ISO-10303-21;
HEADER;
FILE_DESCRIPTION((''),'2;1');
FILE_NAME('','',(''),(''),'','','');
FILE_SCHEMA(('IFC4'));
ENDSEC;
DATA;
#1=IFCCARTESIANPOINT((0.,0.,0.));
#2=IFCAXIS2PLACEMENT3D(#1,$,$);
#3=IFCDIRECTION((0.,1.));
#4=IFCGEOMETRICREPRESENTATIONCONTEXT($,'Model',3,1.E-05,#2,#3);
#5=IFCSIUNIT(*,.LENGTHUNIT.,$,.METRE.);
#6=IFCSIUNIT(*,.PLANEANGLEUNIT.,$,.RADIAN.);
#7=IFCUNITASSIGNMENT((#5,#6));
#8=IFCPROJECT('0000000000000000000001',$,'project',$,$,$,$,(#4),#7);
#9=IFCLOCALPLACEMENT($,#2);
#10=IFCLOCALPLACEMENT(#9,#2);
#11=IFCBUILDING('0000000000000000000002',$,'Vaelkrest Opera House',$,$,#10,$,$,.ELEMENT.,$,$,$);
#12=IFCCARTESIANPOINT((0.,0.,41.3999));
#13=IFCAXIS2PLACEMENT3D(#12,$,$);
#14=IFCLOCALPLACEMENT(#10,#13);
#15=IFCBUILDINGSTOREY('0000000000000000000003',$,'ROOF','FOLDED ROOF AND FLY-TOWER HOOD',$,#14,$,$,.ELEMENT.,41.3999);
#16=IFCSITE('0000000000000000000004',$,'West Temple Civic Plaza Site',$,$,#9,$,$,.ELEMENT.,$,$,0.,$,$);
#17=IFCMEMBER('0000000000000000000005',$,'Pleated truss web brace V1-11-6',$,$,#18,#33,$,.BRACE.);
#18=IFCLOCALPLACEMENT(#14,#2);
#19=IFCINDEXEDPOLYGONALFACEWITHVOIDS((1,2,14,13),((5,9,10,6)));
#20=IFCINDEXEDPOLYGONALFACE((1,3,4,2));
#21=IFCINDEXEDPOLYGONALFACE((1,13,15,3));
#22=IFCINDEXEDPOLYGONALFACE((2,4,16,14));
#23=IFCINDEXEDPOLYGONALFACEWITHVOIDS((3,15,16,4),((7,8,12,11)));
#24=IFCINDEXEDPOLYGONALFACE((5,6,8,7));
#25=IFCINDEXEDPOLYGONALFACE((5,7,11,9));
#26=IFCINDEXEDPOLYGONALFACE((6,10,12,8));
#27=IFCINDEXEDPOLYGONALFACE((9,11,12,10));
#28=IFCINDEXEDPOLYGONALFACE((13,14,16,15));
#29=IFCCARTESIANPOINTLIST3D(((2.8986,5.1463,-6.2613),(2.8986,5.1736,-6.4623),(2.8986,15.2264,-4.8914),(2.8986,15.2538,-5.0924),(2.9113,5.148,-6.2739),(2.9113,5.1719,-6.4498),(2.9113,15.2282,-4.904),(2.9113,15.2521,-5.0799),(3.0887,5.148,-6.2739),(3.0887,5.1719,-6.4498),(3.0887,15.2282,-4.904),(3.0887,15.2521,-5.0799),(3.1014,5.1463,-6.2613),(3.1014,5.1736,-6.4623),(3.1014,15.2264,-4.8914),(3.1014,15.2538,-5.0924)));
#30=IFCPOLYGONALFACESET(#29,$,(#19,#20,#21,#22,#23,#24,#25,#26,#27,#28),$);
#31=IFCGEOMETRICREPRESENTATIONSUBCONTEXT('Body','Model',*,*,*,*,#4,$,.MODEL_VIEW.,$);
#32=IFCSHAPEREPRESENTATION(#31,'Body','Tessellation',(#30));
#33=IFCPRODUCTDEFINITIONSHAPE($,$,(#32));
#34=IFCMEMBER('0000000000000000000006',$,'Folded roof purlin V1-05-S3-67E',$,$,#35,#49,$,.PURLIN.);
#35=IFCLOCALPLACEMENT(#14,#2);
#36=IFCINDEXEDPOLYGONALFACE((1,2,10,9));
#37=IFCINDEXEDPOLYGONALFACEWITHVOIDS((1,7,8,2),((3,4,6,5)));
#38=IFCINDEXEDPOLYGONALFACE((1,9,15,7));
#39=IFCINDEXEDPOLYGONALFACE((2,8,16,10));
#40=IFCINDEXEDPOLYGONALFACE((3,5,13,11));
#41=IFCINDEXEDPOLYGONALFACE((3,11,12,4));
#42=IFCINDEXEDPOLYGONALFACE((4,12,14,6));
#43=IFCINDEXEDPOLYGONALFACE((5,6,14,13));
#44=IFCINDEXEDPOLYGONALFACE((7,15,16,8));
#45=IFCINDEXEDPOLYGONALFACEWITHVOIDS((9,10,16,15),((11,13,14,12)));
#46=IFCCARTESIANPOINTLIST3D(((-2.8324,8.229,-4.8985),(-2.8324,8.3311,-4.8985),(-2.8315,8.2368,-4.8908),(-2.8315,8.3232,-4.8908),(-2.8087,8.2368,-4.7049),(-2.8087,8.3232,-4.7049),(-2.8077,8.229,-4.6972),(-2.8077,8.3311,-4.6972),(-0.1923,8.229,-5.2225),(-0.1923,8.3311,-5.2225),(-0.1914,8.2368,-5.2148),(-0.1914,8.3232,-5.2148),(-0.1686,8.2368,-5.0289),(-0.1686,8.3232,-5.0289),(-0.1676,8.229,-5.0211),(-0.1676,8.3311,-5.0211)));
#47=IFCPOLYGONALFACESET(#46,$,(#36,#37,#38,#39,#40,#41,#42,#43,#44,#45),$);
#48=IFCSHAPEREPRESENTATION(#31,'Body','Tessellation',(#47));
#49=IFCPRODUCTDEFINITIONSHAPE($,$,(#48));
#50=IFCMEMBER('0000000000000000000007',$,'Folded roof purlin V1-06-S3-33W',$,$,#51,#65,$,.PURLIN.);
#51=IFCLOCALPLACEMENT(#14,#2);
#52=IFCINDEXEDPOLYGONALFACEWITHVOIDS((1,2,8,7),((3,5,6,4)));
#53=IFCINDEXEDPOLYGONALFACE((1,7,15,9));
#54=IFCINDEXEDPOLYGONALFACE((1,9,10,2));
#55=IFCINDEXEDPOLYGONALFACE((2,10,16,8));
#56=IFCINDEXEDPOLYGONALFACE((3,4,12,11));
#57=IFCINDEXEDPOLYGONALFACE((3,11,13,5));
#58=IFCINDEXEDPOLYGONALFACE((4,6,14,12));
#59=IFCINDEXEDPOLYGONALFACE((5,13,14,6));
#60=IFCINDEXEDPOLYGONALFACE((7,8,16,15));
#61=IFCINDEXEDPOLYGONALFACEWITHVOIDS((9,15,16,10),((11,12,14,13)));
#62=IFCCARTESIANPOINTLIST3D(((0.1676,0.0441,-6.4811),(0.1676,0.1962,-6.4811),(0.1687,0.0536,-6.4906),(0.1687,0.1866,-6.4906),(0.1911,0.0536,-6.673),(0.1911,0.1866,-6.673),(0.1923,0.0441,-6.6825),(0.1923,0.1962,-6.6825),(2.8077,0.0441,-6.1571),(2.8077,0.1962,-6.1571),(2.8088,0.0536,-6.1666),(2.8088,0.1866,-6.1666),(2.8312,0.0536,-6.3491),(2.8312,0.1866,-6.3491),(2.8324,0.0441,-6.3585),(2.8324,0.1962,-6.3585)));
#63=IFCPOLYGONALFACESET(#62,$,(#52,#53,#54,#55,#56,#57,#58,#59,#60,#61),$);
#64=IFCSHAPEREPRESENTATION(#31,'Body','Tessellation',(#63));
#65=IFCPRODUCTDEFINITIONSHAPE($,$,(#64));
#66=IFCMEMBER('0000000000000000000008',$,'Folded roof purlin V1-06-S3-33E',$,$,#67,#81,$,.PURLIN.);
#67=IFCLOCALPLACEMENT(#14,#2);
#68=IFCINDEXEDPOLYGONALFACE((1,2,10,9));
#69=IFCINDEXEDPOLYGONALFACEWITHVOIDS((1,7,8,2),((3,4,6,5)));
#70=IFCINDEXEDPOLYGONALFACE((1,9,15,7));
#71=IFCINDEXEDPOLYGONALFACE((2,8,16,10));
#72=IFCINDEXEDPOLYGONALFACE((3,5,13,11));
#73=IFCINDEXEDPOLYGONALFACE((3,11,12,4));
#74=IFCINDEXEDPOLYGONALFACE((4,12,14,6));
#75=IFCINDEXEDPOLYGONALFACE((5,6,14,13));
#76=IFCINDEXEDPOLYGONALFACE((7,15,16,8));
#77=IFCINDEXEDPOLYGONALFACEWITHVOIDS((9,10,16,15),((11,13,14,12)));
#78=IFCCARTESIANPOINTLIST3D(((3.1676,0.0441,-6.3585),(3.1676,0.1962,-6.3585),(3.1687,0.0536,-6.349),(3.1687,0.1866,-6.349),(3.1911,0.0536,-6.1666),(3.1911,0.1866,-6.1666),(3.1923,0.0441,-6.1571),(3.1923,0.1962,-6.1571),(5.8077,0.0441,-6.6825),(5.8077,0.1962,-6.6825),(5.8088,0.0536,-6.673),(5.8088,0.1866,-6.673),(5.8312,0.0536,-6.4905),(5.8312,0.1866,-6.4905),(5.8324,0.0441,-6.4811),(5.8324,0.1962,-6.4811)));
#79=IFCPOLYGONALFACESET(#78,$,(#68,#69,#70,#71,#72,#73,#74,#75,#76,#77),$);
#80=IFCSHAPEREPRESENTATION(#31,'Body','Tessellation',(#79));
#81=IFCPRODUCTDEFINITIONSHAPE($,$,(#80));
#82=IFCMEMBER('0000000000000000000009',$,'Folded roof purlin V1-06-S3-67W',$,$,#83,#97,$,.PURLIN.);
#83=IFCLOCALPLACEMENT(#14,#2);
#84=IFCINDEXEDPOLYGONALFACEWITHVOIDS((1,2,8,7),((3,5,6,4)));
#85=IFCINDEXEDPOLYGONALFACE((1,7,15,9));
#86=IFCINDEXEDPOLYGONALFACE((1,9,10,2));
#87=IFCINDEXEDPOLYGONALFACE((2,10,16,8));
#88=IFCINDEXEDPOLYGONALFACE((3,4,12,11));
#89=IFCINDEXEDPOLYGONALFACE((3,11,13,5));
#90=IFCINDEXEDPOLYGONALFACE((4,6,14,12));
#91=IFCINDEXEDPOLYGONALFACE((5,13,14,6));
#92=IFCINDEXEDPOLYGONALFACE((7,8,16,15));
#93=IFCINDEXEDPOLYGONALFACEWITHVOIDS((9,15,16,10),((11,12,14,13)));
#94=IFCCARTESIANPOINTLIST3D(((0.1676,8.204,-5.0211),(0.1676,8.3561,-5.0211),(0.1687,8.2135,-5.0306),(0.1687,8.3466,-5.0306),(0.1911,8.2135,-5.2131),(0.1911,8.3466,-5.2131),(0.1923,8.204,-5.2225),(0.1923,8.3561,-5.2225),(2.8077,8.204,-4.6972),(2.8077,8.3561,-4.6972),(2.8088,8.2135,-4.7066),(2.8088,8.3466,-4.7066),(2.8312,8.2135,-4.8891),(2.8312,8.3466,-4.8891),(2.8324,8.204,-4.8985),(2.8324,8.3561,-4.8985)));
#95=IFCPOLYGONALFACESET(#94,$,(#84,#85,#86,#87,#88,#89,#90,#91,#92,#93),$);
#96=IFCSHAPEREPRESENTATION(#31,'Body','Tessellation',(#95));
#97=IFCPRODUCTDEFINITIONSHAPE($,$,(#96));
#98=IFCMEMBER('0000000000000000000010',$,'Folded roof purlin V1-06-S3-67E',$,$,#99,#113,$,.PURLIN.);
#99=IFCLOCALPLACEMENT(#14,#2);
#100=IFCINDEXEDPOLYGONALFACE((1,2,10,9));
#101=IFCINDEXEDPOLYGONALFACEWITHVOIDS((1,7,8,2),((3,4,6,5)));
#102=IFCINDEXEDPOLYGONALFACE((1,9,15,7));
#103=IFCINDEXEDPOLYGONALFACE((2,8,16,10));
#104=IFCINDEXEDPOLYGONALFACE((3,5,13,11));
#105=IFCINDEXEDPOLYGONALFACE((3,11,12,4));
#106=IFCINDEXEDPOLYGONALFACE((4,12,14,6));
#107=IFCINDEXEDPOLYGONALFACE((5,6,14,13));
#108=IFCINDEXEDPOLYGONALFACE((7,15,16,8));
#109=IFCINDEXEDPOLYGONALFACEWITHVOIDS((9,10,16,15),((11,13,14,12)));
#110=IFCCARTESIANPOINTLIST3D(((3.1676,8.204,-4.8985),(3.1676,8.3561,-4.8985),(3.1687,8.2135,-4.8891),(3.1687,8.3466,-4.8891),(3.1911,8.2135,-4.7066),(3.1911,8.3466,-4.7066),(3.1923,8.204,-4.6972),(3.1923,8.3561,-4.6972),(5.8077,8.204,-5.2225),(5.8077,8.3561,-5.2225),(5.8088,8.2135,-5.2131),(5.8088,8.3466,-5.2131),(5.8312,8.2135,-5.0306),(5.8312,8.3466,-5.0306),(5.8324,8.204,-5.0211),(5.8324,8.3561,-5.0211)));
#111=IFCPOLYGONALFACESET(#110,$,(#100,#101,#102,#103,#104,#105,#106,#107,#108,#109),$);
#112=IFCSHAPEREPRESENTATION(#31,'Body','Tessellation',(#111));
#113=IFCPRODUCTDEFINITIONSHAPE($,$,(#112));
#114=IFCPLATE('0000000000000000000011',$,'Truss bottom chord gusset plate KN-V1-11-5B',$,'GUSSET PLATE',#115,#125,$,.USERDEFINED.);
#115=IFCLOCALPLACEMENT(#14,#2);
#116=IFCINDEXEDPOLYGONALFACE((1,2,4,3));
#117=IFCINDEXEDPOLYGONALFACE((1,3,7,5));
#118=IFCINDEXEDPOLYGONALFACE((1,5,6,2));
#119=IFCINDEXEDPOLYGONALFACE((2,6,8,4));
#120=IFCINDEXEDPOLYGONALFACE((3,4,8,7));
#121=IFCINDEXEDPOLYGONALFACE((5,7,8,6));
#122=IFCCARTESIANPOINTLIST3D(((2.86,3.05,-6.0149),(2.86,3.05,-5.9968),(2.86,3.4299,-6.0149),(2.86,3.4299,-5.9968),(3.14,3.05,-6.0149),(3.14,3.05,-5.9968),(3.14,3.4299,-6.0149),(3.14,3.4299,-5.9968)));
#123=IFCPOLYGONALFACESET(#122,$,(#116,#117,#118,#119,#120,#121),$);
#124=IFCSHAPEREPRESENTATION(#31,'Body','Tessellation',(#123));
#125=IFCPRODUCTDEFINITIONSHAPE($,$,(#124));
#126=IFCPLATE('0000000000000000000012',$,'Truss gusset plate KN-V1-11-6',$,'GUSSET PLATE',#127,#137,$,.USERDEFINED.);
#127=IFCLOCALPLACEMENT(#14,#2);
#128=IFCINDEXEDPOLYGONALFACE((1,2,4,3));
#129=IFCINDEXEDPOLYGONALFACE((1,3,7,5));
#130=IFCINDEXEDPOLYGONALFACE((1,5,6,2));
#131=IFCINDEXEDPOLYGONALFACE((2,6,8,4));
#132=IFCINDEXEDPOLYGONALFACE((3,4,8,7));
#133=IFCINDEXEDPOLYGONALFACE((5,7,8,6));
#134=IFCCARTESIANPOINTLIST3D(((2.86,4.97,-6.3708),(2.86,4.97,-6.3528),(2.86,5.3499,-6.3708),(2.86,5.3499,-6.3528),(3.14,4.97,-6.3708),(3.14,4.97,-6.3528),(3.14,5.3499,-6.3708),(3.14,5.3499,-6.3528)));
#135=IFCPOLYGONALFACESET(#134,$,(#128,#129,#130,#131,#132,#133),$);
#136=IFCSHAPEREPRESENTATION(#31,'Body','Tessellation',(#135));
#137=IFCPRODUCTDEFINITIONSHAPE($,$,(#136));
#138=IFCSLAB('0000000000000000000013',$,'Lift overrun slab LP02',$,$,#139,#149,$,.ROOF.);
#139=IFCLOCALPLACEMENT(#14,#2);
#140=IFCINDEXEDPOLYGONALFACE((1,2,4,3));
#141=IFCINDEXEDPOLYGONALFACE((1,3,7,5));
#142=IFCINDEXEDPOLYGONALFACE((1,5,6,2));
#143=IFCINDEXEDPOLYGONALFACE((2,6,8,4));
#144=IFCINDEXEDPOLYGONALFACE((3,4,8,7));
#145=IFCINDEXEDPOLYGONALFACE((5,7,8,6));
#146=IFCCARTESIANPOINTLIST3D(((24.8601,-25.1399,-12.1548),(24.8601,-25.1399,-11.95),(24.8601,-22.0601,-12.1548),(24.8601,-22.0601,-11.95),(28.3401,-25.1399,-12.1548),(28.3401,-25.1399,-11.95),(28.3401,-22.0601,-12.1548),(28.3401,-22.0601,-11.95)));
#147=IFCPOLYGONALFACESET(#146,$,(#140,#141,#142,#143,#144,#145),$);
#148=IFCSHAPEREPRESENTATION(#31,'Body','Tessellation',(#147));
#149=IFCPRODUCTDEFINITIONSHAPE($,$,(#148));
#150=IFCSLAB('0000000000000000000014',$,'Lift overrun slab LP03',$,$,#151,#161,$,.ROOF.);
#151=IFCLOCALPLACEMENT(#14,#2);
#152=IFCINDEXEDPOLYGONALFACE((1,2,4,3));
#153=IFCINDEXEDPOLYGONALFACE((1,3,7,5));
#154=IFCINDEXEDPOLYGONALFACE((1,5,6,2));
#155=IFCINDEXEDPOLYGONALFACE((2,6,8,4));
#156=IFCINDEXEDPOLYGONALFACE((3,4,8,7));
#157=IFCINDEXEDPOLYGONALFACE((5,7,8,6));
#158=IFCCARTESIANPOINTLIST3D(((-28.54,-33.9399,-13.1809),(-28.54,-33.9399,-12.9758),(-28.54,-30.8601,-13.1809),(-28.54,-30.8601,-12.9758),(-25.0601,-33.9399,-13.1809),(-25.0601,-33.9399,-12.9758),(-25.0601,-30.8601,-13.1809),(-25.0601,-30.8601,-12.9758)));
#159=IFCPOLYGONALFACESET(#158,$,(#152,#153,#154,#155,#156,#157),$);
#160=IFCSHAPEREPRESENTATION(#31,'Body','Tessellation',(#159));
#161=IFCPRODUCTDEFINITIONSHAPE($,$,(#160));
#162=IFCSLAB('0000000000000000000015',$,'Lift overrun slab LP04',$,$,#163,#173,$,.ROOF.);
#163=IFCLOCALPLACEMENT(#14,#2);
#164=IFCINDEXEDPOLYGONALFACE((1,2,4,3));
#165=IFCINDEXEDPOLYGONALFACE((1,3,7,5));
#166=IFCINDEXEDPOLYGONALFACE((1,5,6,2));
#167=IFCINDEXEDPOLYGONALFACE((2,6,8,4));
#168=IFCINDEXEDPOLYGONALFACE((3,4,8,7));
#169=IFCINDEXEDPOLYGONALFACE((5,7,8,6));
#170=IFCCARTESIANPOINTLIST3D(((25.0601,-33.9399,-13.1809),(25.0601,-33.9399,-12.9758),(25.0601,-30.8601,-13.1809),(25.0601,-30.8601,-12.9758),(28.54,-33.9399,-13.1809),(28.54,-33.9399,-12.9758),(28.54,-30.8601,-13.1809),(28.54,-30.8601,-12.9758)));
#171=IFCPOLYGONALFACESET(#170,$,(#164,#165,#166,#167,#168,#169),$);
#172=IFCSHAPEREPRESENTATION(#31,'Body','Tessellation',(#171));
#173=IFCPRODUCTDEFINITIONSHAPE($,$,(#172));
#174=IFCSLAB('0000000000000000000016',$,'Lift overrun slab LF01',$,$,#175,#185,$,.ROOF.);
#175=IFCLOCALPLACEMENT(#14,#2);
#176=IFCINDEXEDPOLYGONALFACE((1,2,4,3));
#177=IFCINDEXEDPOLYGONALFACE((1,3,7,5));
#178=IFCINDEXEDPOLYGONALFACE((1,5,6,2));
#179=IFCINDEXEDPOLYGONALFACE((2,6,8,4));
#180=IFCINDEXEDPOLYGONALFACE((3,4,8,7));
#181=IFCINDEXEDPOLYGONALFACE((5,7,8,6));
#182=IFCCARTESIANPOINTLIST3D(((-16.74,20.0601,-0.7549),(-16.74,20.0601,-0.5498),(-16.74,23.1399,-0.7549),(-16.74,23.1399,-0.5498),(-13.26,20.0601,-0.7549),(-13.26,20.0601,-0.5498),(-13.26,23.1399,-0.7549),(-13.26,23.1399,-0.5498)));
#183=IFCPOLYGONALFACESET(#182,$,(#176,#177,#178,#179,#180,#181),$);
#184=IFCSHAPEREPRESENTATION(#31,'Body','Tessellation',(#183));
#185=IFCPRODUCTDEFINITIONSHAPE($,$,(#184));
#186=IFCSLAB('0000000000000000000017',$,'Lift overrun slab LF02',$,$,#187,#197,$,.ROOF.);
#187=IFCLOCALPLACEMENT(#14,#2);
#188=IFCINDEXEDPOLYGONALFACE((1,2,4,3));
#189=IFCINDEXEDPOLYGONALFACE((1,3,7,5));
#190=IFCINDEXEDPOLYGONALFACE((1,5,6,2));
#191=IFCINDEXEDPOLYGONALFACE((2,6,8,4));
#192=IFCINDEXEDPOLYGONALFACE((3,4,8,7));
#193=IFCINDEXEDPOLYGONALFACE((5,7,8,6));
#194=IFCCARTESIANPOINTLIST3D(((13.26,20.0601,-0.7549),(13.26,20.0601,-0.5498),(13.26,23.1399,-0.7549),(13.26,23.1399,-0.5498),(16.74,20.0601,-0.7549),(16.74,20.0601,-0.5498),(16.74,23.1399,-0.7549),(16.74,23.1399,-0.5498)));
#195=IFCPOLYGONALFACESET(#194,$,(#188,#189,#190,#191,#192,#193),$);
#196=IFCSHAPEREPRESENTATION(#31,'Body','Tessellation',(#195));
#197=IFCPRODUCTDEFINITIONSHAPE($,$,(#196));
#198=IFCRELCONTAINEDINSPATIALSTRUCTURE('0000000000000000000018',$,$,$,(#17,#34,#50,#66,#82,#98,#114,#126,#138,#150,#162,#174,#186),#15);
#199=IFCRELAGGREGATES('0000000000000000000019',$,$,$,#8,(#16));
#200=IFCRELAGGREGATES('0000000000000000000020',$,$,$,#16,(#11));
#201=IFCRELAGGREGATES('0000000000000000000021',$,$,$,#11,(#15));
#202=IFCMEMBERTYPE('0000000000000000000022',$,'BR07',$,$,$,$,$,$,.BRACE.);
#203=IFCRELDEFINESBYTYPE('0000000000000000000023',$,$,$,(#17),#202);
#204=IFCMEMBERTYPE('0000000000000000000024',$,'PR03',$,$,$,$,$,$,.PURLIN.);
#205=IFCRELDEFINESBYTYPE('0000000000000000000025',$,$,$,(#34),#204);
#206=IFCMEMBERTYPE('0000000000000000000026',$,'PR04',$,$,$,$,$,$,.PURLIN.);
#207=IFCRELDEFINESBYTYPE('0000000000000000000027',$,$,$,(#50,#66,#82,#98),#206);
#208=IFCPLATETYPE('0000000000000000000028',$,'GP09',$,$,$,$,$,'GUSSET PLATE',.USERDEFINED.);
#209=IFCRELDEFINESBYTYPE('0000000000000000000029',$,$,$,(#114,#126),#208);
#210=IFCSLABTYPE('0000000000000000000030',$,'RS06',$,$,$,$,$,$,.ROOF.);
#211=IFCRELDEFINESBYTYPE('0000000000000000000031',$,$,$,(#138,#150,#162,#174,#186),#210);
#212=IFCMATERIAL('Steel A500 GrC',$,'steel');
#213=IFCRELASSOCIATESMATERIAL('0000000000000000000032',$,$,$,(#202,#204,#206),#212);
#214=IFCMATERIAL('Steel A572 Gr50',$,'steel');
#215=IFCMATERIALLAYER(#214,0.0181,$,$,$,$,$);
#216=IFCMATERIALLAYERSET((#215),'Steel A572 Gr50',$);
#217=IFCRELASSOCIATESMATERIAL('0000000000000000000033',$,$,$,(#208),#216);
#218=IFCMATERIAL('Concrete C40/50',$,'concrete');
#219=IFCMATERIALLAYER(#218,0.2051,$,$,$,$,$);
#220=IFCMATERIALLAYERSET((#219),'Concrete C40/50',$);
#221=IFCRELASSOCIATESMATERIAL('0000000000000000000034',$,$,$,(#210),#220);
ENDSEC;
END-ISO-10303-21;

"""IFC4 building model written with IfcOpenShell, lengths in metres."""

from ifc_helpers import new_model, si_unit, direction, frame, origin, origin_2d, place, context, subcontext, project, spatial, polyline, rectangle, hollow_rectangle, outline, extrude, material, layer, layer_set, material_profile, profile_set, type_object, element, save


model = new_model("IFC4")

# Units and contexts
model_context = context("Model", 3, precision=1e-05, world=origin(), true_north=direction((0.0, 1.0)))
body_context = subcontext(model_context, "Body", "Model", "MODEL_VIEW")
ifc_project = project(units=[si_unit("LENGTHUNIT", "METRE"), si_unit("PLANEANGLEUNIT", "RADIAN")], contexts=[model_context])

# Site, building, storey
site_placement = place(None, origin())
site = spatial("IfcSite", under=ifc_project, at=site_placement, Name="West Temple Civic Plaza Site", CompositionType="ELEMENT", RefElevation=0.0)
building_placement = place(site_placement, origin())
building = spatial("IfcBuilding", under=site, at=building_placement, Name="Vaelkrest Opera House", CompositionType="ELEMENT")
storey_placement = place(building_placement, frame((0.0, 0.0, 41.3999)))
storey = spatial("IfcBuildingStorey", under=building, at=storey_placement, Name="ROOF", Description="FOLDED ROOF AND FLY-TOWER HOOD", CompositionType="ELEMENT", Elevation=41.3999)

# Members
ifc_material_1 = material(Name="Steel A500 GrC", Category="steel")
ifc_material_profile_1 = material_profile(ifc_material_1, hollow_rectangle(XDim=0.2029, YDim=0.2029, WallThickness=0.0127, at=origin_2d()), Name="HSS203X203X12.7")
ifc_profile_set_1 = profile_set([ifc_material_profile_1], Name="Steel A500 GrC")
member_type_1 = type_object("IfcMemberType", Name="BR07", PredefinedType="BRACE", material=ifc_profile_set_1)
member_1_placement = place(storey_placement, frame((3.0, 5.1599, -6.3618), z_axis=(0.0, 0.990892, 0.134661), x_axis=(-1.0, 0.0, 0.0)))
element("IfcMember", 1, at=member_1_placement, inside=storey, type_object=member_type_1, Name="Pleated truss web brace V1-11-6", PredefinedType="BRACE", context=body_context, shape_type="SweptSolid", body=[
    extrude(hollow_rectangle(XDim=0.2029, YDim=0.2029, WallThickness=0.0127, at=origin_2d()), origin(), (0.0, 0.0, 1.0), 10.1729),
])
ifc_material_profile_2 = material_profile(ifc_material_1, hollow_rectangle(XDim=0.1021, YDim=0.2029, WallThickness=0.0078, at=origin_2d()), Name="HSS203X102X8")
ifc_profile_set_2 = profile_set([ifc_material_profile_2], Name="Steel A500 GrC")
member_type_2 = type_object("IfcMemberType", Name="PR03", PredefinedType="PURLIN", material=ifc_profile_set_2)
member_2_placement = place(storey_placement, frame((-2.8201, 8.28, -4.7979), z_axis=(0.992555, 0.0, -0.121798), x_axis=(0.0, 1.0, 0.0)))
element("IfcMember", 2, at=member_2_placement, inside=storey, type_object=member_type_2, Name="Folded roof purlin V1-05-S3-67E", PredefinedType="PURLIN", context=body_context, shape_type="SweptSolid", body=[
    extrude(hollow_rectangle(XDim=0.1021, YDim=0.2029, WallThickness=0.0078, at=origin_2d()), origin(), (0.0, 0.0, 1.0), 2.6599),
])
ifc_material_profile_3 = material_profile(ifc_material_1, hollow_rectangle(XDim=0.1521, YDim=0.2029, WallThickness=0.0095, at=origin_2d()), Name="HSS203X152X9.5")
ifc_profile_set_3 = profile_set([ifc_material_profile_3], Name="Steel A500 GrC")
member_type_3 = type_object("IfcMemberType", Name="PR04", PredefinedType="PURLIN", material=ifc_profile_set_3)
for number, where, z_axis, x_axis, name in (
    (3, (0.1799, 0.1201, -6.5818), (0.992555, 0.0, 0.121798), (0.0, 1.0, 0.0), "Folded roof purlin V1-06-S3-33W"),
    (4, (3.1799, 0.1201, -6.2578), (0.992555, 0.0, -0.121798), (0.0, 1.0, 0.0), "Folded roof purlin V1-06-S3-33E"),
    (5, (0.1799, 8.28, -5.1218), (0.992555, 0.0, 0.121798), (0.0, 1.0, 0.0), "Folded roof purlin V1-06-S3-67W"),
    (6, (3.1799, 8.28, -4.7979), (0.992555, 0.0, -0.121798), (0.0, 1.0, 0.0), "Folded roof purlin V1-06-S3-67E"),
):
    element("IfcMember", number, at=place(storey_placement, frame(where, z_axis=z_axis, x_axis=x_axis)), inside=storey, type_object=member_type_3, Name=name, PredefinedType="PURLIN", context=body_context, shape_type="SweptSolid", body=[
        extrude(hollow_rectangle(XDim=0.1521, YDim=0.2029, WallThickness=0.0095, at=origin_2d()), origin(), (0.0, 0.0, 1.0), 2.6599),
    ])

# Plates
ifc_material_2 = material(Name="Steel A572 Gr50", Category="steel")
ifc_layer_1 = layer(ifc_material_2, 0.0181)
ifc_layer_set_1 = layer_set([ifc_layer_1], Name="Steel A572 Gr50")
plate_type = type_object("IfcPlateType", Name="GP09", ElementType="GUSSET PLATE", PredefinedType="USERDEFINED", material=ifc_layer_set_1)
for number, where, z_axis, x_axis, name in (
    (7, (3.0, 3.24, -6.0149), (0.0, 0.0, 1.0), (0.0, 1.0, 0.0), "Truss bottom chord gusset plate KN-V1-11-5B"),
    (8, (3.0, 5.1599, -6.3708), (0.0, 0.0, 1.0), (0.0, 1.0, 0.0), "Truss gusset plate KN-V1-11-6"),
):
    element("IfcPlate", number, at=place(storey_placement, frame(where, z_axis=z_axis, x_axis=x_axis)), inside=storey, type_object=plate_type, Name=name, ObjectType="GUSSET PLATE", PredefinedType="USERDEFINED", context=body_context, shape_type="SweptSolid", body=[
        extrude(rectangle(XDim=0.3799, YDim=0.28, at=origin_2d()), origin(), (0.0, 0.0, 1.0), 0.0181),
    ])

# Slabs
ifc_material_3 = material(Name="Concrete C40/50", Category="concrete")
ifc_layer_2 = layer(ifc_material_3, 0.2051)
ifc_layer_set_2 = layer_set([ifc_layer_2], Name="Concrete C40/50")
slab_type = type_object("IfcSlabType", Name="RS06", PredefinedType="ROOF", material=ifc_layer_set_2)
slab_1_placement = place(storey_placement, frame((0.0, 0.0, -12.1548)))
element("IfcSlab", 9, at=slab_1_placement, inside=storey, type_object=slab_type, Name="Lift overrun slab LP02", PredefinedType="ROOF", context=body_context, shape_type="SweptSolid", body=[
    extrude(outline(polyline([(24.8601, -25.1399), (28.3401, -25.1399), (28.3401, -22.0601), (24.8601, -22.0601), (24.8601, -25.1399)])), origin(), (0.0, 0.0, 1.0), 0.2048),
])
slab_2_placement = place(storey_placement, frame((0.0, 0.0, -13.1809)))
element("IfcSlab", 10, at=slab_2_placement, inside=storey, type_object=slab_type, Name="Lift overrun slab LP03", PredefinedType="ROOF", context=body_context, shape_type="SweptSolid", body=[
    extrude(outline(polyline([(-28.54, -33.9399), (-25.0601, -33.9399), (-25.0601, -30.8601), (-28.54, -30.8601), (-28.54, -33.9399)])), origin(), (0.0, 0.0, 1.0), 0.2051),
])
slab_3_placement = place(storey_placement, frame((0.0, 0.0, -13.1809)))
element("IfcSlab", 11, at=slab_3_placement, inside=storey, type_object=slab_type, Name="Lift overrun slab LP04", PredefinedType="ROOF", context=body_context, shape_type="SweptSolid", body=[
    extrude(outline(polyline([(25.0601, -33.9399), (28.54, -33.9399), (28.54, -30.8601), (25.0601, -30.8601), (25.0601, -33.9399)])), origin(), (0.0, 0.0, 1.0), 0.2051),
])
slab_4_placement = place(storey_placement, frame((0.0, 0.0, -0.7549)))
element("IfcSlab", 12, at=slab_4_placement, inside=storey, type_object=slab_type, Name="Lift overrun slab LF01", PredefinedType="ROOF", context=body_context, shape_type="SweptSolid", body=[
    extrude(outline(polyline([(-16.74, 20.0601), (-13.26, 20.0601), (-13.26, 23.1399), (-16.74, 23.1399), (-16.74, 20.0601)])), origin(), (0.0, 0.0, 1.0), 0.2051),
])
slab_5_placement = place(storey_placement, frame((0.0, 0.0, -0.7549)))
element("IfcSlab", 13, at=slab_5_placement, inside=storey, type_object=slab_type, Name="Lift overrun slab LF02", PredefinedType="ROOF", context=body_context, shape_type="SweptSolid", body=[
    extrude(outline(polyline([(13.26, 20.0601), (16.74, 20.0601), (16.74, 23.1399), (13.26, 23.1399), (13.26, 20.0601)])), origin(), (0.0, 0.0, 1.0), 0.2051),
])

save(model, "model.ifc")
